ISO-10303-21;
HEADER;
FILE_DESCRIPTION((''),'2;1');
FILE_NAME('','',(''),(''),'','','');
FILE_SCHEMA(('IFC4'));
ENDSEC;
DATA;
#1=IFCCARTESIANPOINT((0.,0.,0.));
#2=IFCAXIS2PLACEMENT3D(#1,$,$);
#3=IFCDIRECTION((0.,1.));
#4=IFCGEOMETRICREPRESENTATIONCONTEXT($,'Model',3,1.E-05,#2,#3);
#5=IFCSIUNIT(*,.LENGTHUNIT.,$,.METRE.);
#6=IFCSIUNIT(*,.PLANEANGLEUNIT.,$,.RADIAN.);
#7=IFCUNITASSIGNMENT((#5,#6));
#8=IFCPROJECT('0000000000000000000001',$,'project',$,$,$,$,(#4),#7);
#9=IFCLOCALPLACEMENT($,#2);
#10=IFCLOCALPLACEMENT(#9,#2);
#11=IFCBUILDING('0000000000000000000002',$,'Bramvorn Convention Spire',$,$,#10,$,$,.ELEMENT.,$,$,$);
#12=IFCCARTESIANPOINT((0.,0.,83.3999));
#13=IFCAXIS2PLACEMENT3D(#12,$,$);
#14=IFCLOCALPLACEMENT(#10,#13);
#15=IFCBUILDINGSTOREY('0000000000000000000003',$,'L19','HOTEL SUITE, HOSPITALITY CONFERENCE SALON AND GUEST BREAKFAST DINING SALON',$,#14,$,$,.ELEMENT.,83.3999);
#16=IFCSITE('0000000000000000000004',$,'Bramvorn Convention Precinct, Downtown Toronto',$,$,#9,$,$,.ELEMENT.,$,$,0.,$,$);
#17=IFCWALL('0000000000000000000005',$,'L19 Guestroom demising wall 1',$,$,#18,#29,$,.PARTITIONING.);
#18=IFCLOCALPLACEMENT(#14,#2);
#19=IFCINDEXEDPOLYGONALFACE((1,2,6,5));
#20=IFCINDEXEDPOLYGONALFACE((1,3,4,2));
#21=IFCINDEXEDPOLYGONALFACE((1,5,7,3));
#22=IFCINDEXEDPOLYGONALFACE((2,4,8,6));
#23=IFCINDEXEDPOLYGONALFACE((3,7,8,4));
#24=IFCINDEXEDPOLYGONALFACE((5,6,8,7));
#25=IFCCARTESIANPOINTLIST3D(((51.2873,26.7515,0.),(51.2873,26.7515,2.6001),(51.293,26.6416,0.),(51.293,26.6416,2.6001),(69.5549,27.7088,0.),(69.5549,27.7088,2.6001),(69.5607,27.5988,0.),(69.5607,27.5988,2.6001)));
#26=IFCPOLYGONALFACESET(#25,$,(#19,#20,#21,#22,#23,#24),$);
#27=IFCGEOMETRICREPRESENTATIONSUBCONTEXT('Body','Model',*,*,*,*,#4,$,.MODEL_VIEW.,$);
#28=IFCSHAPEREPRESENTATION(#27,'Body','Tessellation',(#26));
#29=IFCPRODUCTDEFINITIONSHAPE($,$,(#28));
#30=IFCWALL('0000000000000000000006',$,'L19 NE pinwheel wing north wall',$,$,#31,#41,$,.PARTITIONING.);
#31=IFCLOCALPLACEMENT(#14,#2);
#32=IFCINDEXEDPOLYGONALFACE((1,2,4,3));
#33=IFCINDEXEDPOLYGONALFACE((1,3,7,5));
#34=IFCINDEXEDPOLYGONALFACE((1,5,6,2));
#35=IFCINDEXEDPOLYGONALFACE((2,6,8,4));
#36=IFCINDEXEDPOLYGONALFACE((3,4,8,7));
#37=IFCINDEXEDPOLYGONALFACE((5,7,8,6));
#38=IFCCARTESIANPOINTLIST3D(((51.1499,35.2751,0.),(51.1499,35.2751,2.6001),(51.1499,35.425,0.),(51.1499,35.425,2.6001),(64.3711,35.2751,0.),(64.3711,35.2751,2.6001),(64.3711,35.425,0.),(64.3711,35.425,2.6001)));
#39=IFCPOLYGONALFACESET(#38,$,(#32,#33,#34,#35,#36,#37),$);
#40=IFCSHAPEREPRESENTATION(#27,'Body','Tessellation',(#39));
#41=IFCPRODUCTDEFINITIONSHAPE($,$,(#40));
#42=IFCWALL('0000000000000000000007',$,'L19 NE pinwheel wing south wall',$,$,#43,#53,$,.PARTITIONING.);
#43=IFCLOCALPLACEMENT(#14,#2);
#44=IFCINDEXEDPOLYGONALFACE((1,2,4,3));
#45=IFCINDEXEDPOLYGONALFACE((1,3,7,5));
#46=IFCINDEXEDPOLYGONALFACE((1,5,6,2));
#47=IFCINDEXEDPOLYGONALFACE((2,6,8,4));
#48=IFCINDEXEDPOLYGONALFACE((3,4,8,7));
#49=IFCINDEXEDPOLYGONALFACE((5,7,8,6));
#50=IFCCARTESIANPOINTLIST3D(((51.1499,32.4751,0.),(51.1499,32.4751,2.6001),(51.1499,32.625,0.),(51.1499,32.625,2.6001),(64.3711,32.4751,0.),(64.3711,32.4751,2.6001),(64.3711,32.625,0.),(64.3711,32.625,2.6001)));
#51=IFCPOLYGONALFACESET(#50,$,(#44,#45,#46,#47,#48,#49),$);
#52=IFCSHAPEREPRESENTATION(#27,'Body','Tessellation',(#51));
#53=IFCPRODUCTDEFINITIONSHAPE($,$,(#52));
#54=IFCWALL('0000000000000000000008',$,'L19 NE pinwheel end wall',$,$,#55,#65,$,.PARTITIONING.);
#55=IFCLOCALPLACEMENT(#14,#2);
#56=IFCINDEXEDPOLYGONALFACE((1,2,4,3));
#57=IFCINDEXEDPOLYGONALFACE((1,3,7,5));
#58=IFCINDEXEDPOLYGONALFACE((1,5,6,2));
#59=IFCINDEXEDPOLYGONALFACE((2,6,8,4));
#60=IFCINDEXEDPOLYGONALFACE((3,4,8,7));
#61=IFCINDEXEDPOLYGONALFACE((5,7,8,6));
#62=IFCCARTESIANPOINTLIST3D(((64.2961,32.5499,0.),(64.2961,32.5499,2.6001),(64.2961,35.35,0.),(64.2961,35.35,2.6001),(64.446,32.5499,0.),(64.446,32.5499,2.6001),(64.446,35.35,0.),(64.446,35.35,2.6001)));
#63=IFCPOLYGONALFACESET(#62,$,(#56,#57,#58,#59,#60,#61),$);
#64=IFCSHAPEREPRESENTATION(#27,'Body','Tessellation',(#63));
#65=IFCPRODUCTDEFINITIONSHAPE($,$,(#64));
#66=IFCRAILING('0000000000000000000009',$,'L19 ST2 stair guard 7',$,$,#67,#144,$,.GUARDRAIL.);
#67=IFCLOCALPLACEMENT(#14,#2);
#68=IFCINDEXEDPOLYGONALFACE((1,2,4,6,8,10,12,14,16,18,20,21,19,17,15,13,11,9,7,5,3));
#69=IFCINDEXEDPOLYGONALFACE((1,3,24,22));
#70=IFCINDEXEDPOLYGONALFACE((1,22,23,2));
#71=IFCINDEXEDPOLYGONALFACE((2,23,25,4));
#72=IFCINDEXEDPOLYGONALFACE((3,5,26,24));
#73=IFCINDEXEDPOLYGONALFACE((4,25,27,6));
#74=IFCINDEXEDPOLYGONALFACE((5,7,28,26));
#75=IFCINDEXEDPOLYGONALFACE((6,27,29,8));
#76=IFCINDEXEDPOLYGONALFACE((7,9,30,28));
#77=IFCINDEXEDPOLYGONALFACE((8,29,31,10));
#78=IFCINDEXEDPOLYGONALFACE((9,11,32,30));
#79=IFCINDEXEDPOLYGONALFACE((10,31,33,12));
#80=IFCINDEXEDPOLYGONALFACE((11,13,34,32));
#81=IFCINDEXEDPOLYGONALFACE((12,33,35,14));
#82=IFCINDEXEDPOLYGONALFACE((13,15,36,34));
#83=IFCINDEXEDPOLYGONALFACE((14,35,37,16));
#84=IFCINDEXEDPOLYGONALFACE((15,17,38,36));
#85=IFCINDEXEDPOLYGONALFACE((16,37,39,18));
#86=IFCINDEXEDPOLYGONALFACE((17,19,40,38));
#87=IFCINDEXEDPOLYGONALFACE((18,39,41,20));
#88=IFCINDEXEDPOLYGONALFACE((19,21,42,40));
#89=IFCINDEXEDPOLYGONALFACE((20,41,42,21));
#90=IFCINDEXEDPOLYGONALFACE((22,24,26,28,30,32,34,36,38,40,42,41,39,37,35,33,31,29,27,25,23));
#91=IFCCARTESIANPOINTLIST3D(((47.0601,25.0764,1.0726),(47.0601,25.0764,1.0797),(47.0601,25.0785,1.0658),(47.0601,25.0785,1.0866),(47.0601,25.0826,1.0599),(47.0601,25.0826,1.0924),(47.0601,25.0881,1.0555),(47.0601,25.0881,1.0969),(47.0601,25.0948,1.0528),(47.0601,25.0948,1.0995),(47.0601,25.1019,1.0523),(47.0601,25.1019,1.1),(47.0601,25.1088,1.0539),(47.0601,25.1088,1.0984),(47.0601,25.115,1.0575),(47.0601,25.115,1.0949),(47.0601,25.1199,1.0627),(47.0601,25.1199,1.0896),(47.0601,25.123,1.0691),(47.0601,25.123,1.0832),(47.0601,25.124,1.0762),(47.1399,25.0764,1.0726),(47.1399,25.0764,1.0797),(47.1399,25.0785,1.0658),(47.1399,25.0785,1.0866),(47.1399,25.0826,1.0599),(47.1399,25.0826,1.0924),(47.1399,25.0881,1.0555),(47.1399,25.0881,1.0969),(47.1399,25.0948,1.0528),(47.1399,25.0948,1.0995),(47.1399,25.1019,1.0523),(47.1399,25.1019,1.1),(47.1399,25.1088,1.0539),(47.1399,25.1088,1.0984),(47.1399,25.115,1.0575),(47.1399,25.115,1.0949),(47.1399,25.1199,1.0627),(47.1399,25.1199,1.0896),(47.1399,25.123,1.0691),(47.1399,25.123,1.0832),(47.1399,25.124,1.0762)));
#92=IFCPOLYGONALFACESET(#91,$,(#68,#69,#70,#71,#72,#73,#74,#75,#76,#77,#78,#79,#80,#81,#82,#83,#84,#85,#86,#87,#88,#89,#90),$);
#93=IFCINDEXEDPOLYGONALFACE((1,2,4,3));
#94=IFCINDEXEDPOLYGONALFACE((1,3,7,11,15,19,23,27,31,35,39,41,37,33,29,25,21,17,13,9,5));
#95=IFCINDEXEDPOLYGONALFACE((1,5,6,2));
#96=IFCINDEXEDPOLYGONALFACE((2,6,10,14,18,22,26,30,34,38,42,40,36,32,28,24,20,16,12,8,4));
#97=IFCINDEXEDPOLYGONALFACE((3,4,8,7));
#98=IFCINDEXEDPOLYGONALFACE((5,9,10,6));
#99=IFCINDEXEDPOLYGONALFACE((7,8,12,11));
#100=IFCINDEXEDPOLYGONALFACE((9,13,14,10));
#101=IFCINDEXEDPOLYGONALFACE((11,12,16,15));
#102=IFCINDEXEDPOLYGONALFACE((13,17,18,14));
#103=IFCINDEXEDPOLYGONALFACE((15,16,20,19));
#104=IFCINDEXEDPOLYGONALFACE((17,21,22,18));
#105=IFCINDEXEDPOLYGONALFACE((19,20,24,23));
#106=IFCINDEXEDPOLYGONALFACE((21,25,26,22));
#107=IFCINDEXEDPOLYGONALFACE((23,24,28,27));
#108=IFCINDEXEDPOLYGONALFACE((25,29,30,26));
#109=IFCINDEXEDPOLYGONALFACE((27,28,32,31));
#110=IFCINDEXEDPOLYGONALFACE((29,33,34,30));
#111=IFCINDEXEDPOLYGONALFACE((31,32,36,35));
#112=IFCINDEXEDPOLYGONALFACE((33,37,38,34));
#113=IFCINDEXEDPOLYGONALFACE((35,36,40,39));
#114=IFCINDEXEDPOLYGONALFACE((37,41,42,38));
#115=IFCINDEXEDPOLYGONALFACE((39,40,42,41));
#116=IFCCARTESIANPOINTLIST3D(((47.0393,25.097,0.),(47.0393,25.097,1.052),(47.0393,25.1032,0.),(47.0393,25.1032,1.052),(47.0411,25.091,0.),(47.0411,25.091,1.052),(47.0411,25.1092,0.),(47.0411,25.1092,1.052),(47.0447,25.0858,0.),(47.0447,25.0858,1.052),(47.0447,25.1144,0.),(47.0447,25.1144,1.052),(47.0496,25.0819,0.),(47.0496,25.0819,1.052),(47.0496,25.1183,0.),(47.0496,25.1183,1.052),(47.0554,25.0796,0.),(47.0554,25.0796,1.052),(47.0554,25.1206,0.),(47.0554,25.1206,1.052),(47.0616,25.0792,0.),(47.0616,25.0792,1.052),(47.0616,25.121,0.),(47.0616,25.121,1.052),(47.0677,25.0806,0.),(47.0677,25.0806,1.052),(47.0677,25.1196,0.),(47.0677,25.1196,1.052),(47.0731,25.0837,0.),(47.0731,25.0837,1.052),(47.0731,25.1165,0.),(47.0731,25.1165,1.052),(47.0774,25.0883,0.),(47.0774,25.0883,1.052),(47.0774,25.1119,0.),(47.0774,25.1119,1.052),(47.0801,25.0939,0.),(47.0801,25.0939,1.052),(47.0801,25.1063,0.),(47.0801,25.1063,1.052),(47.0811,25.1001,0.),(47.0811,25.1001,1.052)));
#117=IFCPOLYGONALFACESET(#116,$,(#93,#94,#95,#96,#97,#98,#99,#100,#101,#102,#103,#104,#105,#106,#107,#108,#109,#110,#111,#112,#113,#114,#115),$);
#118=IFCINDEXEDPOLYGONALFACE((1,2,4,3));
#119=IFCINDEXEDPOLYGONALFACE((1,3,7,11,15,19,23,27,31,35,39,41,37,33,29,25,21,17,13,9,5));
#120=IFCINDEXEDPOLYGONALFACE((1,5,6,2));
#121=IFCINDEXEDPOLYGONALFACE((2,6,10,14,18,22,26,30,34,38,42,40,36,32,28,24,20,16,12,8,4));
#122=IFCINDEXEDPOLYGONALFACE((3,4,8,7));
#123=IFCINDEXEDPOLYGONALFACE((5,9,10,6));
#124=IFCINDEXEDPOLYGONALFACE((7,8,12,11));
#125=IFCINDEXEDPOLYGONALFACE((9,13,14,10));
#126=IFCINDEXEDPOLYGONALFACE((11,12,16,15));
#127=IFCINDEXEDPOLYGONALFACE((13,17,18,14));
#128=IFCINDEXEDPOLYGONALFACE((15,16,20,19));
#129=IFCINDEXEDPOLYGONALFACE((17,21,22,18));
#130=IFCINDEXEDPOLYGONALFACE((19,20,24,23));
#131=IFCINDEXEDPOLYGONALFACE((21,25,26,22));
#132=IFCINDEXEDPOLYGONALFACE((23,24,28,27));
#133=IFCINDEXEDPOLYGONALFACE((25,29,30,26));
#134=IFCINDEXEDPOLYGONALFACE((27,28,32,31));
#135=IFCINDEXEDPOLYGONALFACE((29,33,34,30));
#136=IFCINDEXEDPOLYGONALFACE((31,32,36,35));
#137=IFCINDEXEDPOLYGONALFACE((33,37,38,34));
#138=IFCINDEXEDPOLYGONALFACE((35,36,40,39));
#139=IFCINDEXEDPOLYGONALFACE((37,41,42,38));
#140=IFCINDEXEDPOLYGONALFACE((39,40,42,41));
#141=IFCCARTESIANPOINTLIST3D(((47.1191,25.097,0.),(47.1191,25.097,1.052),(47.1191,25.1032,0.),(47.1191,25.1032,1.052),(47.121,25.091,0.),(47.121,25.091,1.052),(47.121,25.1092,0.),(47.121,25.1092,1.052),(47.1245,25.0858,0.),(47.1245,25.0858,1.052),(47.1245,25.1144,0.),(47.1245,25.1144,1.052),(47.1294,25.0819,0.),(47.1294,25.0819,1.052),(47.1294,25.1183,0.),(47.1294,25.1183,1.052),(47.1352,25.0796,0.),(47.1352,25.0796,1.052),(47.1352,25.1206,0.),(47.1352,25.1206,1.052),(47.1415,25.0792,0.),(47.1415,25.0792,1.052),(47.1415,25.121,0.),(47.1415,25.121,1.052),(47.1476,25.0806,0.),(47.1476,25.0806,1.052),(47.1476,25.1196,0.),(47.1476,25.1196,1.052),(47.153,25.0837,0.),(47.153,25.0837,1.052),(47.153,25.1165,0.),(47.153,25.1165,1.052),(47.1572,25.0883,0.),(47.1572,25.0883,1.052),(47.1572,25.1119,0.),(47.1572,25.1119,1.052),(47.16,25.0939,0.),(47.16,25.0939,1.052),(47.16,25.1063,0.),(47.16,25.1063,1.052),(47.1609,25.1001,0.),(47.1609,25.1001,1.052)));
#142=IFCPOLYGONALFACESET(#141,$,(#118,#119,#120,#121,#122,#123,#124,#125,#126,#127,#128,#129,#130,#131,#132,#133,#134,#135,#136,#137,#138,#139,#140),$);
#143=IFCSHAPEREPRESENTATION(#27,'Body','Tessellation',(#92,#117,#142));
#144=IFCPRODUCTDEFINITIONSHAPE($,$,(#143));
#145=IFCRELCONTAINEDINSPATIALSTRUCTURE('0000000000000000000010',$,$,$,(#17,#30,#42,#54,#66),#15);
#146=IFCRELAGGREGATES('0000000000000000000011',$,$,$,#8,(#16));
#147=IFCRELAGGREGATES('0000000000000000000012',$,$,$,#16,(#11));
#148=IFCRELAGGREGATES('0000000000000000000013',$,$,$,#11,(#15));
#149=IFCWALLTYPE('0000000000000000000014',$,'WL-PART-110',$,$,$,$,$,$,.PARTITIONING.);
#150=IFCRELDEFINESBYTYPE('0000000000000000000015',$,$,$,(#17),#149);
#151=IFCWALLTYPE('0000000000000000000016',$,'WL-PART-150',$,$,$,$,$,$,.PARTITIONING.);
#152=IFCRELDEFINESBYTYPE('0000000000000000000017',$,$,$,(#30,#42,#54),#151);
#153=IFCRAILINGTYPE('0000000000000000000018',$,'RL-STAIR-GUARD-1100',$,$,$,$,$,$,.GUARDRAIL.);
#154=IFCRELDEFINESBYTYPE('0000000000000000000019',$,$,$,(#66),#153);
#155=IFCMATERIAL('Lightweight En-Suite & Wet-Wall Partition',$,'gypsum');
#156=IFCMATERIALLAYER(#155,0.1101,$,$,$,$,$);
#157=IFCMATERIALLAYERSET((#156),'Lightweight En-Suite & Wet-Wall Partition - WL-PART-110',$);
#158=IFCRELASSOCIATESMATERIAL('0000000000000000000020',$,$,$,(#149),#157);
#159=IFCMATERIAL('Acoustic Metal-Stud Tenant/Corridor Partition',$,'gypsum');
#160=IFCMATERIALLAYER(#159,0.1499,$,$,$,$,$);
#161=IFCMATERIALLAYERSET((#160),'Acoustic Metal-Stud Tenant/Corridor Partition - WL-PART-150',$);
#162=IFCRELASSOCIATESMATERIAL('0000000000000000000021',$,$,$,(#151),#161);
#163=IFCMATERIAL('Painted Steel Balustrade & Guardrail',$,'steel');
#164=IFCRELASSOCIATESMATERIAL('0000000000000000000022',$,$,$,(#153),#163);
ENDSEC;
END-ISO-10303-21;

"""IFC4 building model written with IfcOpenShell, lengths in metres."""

from ifc_helpers import new_model, si_unit, direction, frame, frame_2d, origin, origin_2d, place, context, subcontext, project, spatial, rectangle, circle, extrude, material, layer, layer_set, type_object, element, save


model = new_model("IFC4")

# Units and contexts
model_context = context("Model", 3, precision=1e-05, world=origin(), true_north=direction((0.0, 1.0)))
body_context = subcontext(model_context, "Body", "Model", "MODEL_VIEW")
ifc_project = project(units=[si_unit("LENGTHUNIT", "METRE"), si_unit("PLANEANGLEUNIT", "RADIAN")], contexts=[model_context])

# Site, building, storey
site_placement = place(None, origin())
site = spatial("IfcSite", under=ifc_project, at=site_placement, Name="Bramvorn Convention Precinct, Downtown Toronto", CompositionType="ELEMENT", RefElevation=0.0)
building_placement = place(site_placement, origin())
building = spatial("IfcBuilding", under=site, at=building_placement, Name="Bramvorn Convention Spire", CompositionType="ELEMENT")
storey_placement = place(building_placement, frame((0.0, 0.0, 83.3999)))
storey = spatial("IfcBuildingStorey", under=building, at=storey_placement, Name="L19", Description="HOTEL SUITE, HOSPITALITY CONFERENCE SALON AND GUEST BREAKFAST DINING SALON", CompositionType="ELEMENT", Elevation=83.3999)

# Walls
ifc_material_1 = material(Name="Lightweight En-Suite & Wet-Wall Partition", Category="gypsum")
ifc_layer_1 = layer(ifc_material_1, 0.1101)
ifc_layer_set_1 = layer_set([ifc_layer_1], Name="Lightweight En-Suite & Wet-Wall Partition - WL-PART-110")
wall_type_1 = type_object("IfcWallType", Name="WL-PART-110", PredefinedType="PARTITIONING", material=ifc_layer_set_1)
wall_1_placement = place(storey_placement, frame((51.29, 26.6965, 0.0), z_axis=(0.0, 0.0, 1.0), x_axis=(0.99863, 0.052331, 0.0)))
element("IfcWall", 1, at=wall_1_placement, inside=storey, type_object=wall_type_1, Name="L19 Guestroom demising wall 1", PredefinedType="PARTITIONING", context=body_context, shape_type="SweptSolid", body=[
    extrude(rectangle(XDim=18.2927, YDim=0.1101, at=frame_2d((9.1465, 0.0))), origin(), (0.0, 0.0, 1.0), 2.6001),
])
ifc_material_2 = material(Name="Acoustic Metal-Stud Tenant/Corridor Partition", Category="gypsum")
ifc_layer_2 = layer(ifc_material_2, 0.1499)
ifc_layer_set_2 = layer_set([ifc_layer_2], Name="Acoustic Metal-Stud Tenant/Corridor Partition - WL-PART-150")
wall_type_2 = type_object("IfcWallType", Name="WL-PART-150", PredefinedType="PARTITIONING", material=ifc_layer_set_2)
for number, where, z_axis, x_axis, name in (
    (2, (51.1499, 35.3501, 0.0), (0.0, 0.0, 1.0), (1.0, 0.0, 0.0), "L19 NE pinwheel wing north wall"),
    (3, (51.1499, 32.55, 0.0), (0.0, 0.0, 1.0), (1.0, 0.0, 0.0), "L19 NE pinwheel wing south wall"),
):
    element("IfcWall", number, at=place(storey_placement, frame(where, z_axis=z_axis, x_axis=x_axis)), inside=storey, type_object=wall_type_2, Name=name, PredefinedType="PARTITIONING", context=body_context, shape_type="SweptSolid", body=[
        extrude(rectangle(XDim=13.2212, YDim=0.1499, at=frame_2d((6.6106, 0.0))), origin(), (0.0, 0.0, 1.0), 2.6001),
    ])
wall_2_placement = place(storey_placement, frame((64.3711, 32.55, 0.0), z_axis=(0.0, 0.0, 1.0), x_axis=(0.0, 1.0, 0.0)))
element("IfcWall", 4, at=wall_2_placement, inside=storey, type_object=wall_type_2, Name="L19 NE pinwheel end wall", PredefinedType="PARTITIONING", context=body_context, shape_type="SweptSolid", body=[
    extrude(rectangle(XDim=2.8, YDim=0.1499, at=frame_2d((1.3999, 0.0))), origin(), (0.0, 0.0, 1.0), 2.6001),
])

# Railing
ifc_material_3 = material(Name="Painted Steel Balustrade & Guardrail", Category="steel")
railing_type = type_object("IfcRailingType", Name="RL-STAIR-GUARD-1100", PredefinedType="GUARDRAIL", material=ifc_material_3)
railing_1_placement = place(storey_placement, frame((47.0601, 25.1001, 0.0)))
element("IfcRailing", 5, at=railing_1_placement, inside=storey, type_object=railing_type, Name="L19 ST2 stair guard 7", PredefinedType="GUARDRAIL", context=body_context, shape_type="SweptSolid", body=[
    extrude(circle(Radius=0.0239, at=origin_2d()), frame((0.0, 0.0, 1.0762), z_axis=(1.0, 0.0, 0.0), x_axis=(0.0, 1.0, 0.0)), (0.0, 0.0, 1.0), 0.0798),
    extrude(circle(Radius=0.021, at=origin_2d()), origin(), (0.0, 0.0, 1.0), 1.052),
    extrude(circle(Radius=0.021, at=origin_2d()), frame((0.0798, 0.0, 0.0)), (0.0, 0.0, 1.0), 1.052),
])

save(model, "model.ifc")
